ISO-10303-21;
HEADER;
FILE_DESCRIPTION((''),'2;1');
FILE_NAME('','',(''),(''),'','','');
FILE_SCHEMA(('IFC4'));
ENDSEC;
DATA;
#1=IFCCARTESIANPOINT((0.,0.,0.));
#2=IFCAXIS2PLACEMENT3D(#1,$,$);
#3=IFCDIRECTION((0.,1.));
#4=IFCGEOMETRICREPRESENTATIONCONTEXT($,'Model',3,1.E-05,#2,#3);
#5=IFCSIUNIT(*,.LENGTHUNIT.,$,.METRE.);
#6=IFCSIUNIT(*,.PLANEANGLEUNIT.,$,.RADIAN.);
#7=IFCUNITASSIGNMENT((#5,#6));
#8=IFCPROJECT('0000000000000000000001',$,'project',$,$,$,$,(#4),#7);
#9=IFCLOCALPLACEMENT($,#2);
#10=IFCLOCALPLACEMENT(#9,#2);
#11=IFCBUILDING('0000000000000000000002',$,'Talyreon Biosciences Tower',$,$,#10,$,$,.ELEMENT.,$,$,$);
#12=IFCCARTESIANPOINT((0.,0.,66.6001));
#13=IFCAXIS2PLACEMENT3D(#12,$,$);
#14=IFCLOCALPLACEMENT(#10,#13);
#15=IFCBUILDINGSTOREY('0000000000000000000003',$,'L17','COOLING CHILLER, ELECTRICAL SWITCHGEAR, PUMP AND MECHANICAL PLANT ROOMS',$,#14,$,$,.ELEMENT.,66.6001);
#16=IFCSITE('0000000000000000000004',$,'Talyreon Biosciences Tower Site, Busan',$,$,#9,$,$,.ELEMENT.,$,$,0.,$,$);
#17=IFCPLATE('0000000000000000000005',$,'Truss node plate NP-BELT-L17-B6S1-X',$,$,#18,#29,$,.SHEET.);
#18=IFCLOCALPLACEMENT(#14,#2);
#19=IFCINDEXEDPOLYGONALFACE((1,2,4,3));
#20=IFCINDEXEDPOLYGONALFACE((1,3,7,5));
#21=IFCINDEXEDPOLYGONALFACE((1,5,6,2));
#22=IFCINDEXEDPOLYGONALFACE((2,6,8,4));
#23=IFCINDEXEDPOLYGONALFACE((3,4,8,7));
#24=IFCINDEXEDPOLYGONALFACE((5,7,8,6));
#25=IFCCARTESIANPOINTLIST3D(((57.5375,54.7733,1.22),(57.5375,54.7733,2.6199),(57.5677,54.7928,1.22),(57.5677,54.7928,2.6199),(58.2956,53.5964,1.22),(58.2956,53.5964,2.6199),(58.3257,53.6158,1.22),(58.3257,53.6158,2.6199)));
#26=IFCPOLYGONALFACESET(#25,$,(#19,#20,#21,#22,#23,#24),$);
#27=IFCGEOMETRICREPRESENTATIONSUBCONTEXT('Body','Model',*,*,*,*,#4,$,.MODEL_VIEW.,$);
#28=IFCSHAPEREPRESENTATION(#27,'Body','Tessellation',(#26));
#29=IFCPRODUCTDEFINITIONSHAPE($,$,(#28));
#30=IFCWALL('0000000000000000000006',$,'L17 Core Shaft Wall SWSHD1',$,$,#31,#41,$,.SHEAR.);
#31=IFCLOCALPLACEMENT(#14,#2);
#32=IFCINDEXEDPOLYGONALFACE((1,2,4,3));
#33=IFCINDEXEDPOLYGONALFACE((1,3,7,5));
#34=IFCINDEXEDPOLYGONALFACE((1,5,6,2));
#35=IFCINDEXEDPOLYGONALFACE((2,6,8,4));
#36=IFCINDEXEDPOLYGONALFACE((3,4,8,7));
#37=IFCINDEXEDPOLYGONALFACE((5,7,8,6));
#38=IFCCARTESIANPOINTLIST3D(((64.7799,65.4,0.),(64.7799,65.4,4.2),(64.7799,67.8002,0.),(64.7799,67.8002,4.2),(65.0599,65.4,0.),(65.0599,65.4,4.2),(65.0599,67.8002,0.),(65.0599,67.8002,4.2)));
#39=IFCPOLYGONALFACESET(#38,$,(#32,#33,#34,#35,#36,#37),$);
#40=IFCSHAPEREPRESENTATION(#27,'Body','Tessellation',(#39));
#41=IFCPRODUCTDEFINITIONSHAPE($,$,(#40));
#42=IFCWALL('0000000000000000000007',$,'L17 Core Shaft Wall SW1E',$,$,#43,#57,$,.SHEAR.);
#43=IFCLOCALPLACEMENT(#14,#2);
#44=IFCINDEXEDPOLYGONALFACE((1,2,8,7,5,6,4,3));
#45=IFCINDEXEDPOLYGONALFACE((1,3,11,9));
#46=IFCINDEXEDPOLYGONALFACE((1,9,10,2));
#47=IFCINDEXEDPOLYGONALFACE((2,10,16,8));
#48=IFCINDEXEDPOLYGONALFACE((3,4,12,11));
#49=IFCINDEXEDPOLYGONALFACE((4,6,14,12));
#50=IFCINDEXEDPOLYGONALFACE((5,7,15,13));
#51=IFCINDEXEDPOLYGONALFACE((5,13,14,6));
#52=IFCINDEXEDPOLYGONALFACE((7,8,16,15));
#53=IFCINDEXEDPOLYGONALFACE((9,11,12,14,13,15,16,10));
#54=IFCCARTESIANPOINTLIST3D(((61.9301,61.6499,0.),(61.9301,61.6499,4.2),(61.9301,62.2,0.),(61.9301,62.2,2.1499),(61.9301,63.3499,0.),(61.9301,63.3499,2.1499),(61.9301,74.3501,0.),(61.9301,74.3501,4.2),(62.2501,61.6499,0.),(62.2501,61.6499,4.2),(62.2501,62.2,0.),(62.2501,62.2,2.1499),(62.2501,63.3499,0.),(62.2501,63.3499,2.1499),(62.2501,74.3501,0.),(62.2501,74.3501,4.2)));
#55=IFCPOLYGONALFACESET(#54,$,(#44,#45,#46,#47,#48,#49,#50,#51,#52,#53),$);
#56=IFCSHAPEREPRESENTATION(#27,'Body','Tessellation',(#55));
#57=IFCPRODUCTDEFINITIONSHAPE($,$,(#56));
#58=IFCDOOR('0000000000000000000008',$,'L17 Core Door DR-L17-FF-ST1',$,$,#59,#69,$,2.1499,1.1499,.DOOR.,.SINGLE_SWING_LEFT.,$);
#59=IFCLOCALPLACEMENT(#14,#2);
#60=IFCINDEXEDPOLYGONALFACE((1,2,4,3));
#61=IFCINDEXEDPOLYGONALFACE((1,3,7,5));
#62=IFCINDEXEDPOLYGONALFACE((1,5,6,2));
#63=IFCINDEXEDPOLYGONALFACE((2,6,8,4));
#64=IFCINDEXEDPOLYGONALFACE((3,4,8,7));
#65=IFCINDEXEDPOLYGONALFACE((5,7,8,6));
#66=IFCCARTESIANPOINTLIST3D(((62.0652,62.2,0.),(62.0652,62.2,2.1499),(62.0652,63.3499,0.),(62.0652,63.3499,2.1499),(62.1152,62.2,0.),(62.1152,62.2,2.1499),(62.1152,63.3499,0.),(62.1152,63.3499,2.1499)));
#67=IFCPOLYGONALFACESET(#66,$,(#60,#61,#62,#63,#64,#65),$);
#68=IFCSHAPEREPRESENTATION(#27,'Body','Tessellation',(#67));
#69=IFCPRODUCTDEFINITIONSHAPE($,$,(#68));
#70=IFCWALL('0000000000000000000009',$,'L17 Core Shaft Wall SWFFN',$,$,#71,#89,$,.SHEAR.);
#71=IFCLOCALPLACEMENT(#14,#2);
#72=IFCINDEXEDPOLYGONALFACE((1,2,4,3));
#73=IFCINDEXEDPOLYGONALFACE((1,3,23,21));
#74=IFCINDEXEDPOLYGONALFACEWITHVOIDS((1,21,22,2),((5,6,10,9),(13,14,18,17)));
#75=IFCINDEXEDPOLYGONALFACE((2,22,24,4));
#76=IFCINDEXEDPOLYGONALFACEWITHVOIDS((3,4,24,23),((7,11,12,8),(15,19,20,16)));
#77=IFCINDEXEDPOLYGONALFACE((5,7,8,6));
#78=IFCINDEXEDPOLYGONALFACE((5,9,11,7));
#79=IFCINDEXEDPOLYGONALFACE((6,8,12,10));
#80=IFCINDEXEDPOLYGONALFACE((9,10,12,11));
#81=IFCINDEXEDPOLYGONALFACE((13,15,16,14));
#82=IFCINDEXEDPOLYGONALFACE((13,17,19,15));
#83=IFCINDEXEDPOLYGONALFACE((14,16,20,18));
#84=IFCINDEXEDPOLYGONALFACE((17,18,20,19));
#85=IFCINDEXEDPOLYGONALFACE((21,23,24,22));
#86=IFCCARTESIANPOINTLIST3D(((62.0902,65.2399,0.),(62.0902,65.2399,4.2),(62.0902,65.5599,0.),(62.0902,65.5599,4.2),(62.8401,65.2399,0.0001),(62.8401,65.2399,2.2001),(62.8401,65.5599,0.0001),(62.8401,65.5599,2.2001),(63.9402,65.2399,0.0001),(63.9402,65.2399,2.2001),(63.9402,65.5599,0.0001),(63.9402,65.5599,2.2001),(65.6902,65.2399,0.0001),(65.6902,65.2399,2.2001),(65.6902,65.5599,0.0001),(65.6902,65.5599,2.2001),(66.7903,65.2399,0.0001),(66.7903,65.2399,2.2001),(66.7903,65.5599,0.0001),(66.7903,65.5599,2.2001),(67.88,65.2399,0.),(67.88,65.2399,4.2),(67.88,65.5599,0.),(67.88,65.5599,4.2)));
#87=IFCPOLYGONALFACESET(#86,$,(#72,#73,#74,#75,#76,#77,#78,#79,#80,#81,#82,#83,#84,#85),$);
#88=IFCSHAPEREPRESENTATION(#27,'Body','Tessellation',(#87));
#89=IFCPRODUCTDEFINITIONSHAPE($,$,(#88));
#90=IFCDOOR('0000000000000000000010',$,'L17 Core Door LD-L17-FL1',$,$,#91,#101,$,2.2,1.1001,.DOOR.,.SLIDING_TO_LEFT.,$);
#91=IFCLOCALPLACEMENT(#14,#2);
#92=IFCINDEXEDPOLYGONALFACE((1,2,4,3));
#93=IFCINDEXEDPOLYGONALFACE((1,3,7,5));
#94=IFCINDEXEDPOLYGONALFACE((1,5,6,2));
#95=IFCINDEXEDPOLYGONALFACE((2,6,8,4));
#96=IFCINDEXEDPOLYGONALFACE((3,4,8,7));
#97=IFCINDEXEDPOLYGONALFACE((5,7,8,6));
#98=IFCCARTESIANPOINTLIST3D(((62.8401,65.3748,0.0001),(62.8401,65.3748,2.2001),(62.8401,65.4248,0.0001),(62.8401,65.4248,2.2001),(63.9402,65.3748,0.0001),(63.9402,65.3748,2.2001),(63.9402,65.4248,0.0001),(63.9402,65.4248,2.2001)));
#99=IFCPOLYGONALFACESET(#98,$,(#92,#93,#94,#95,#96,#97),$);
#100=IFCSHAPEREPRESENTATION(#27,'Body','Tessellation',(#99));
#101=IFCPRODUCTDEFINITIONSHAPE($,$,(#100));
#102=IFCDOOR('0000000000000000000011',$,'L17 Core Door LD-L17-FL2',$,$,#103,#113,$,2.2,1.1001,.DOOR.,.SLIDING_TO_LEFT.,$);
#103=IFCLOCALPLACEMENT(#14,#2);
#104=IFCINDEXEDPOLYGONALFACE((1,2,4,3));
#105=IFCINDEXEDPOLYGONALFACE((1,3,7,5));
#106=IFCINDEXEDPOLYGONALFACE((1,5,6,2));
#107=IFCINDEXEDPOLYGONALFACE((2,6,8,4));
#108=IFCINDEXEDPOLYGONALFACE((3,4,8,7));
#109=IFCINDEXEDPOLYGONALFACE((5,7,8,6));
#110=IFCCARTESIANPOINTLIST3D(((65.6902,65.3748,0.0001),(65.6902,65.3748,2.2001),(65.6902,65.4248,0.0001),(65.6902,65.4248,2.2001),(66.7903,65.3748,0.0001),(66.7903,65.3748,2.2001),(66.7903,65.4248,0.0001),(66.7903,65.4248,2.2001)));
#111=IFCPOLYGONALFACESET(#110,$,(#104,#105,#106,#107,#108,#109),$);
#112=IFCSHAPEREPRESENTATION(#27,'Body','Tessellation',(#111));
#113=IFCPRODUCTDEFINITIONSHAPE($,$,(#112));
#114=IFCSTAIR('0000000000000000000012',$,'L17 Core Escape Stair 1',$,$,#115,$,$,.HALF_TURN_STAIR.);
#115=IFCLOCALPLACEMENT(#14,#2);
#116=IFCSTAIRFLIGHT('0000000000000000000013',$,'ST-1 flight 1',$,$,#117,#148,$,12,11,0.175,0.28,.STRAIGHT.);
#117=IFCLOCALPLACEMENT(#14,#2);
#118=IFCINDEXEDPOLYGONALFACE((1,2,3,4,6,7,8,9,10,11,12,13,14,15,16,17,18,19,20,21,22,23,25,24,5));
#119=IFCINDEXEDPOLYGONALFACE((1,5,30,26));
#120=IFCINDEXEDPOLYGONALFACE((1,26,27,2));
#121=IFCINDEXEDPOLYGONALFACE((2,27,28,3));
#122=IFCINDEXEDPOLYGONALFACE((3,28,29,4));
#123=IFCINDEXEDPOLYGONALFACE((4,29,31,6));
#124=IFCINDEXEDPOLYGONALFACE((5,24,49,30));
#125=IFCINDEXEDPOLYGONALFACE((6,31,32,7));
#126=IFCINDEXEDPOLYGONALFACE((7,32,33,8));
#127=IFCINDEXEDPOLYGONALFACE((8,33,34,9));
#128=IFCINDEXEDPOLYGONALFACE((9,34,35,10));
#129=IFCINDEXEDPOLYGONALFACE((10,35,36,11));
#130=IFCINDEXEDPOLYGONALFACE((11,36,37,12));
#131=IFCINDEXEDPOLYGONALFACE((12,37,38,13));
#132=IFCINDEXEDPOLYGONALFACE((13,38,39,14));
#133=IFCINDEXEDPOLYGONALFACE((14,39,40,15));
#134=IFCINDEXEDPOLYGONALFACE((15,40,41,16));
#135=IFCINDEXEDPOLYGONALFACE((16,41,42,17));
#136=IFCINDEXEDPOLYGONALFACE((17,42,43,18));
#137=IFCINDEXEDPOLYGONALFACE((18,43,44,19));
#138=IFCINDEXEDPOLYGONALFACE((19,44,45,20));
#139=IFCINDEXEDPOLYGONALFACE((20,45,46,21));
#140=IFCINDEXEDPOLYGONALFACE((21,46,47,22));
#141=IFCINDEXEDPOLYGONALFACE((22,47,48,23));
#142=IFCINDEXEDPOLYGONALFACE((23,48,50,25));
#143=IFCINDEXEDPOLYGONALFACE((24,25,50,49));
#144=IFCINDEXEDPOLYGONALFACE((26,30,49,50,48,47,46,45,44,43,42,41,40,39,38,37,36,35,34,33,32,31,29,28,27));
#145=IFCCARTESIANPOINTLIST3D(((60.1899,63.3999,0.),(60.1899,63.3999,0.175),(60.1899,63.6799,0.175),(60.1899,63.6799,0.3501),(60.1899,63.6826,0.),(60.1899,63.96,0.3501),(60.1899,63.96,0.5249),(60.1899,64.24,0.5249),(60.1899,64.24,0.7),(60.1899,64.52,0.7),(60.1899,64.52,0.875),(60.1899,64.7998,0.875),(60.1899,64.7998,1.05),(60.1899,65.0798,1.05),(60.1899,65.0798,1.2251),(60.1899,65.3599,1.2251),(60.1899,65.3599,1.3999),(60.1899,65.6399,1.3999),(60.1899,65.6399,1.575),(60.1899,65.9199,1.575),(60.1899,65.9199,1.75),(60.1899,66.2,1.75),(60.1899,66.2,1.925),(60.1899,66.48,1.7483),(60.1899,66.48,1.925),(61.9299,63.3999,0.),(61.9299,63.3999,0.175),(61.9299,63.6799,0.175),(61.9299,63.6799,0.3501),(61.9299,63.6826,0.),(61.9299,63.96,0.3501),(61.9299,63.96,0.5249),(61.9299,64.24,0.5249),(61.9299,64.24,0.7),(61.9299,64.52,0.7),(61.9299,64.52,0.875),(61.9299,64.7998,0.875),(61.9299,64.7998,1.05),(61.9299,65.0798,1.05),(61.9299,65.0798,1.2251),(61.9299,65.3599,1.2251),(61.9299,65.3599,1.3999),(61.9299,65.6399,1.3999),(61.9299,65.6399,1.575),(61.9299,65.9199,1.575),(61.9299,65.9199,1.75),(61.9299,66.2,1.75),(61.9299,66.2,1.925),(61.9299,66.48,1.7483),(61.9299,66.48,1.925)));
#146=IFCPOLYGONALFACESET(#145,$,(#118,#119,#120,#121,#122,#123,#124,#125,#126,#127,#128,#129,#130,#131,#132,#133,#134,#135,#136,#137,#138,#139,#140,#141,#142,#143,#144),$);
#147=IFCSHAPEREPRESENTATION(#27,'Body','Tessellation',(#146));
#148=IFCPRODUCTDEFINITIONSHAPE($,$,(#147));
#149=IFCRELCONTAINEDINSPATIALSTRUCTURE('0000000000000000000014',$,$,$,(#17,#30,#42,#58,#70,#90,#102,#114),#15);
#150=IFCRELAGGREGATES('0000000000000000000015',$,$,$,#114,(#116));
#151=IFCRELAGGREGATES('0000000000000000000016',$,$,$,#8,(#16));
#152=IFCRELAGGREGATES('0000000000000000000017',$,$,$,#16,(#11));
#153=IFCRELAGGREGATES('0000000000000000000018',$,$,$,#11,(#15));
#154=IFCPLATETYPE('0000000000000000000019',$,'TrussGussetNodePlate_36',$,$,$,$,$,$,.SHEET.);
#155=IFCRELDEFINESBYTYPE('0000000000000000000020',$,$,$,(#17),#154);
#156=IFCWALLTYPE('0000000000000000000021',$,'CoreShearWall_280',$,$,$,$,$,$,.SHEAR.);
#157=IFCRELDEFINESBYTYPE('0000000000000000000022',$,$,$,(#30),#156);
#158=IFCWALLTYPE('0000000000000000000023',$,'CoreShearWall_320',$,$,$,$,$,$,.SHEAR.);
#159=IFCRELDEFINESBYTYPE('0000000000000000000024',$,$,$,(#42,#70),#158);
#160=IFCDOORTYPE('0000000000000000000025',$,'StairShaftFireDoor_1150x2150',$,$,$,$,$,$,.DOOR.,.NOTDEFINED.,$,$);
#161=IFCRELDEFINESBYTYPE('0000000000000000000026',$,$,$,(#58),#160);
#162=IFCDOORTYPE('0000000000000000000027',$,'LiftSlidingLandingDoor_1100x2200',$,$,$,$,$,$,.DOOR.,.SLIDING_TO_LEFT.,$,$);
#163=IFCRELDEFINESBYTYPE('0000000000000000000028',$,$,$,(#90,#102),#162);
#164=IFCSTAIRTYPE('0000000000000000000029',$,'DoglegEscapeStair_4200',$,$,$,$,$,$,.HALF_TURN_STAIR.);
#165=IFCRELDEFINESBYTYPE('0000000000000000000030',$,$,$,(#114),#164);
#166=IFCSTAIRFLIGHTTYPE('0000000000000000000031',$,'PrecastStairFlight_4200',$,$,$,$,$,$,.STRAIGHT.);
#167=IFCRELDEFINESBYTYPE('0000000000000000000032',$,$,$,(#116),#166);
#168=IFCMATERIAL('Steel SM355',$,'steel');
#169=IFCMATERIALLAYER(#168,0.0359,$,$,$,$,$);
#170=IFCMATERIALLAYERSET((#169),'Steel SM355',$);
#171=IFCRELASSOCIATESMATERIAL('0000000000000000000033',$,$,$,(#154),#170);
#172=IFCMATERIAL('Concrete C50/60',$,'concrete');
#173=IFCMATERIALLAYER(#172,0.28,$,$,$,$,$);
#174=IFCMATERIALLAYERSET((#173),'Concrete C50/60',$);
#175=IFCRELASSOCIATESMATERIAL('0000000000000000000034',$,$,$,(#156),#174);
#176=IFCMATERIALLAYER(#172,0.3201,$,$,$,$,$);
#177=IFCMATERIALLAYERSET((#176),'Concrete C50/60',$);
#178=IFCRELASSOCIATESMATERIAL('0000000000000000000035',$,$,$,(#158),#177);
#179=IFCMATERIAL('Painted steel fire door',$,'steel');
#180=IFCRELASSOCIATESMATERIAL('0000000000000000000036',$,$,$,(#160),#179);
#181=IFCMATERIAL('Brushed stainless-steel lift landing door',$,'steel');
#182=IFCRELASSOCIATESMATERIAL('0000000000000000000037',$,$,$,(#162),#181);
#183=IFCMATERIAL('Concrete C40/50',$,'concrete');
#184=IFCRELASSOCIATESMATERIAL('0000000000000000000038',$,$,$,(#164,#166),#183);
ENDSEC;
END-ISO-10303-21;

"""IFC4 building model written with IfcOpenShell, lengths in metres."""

from ifc_helpers import new_model, si_unit, direction, frame, frame_2d, origin, origin_2d, place, context, subcontext, project, spatial, polyline, rectangle, outline, extrude, material, layer, layer_set, type_object, element, fill, aggregate, save


model = new_model("IFC4")

# Units and contexts
model_context = context("Model", 3, precision=1e-05, world=origin(), true_north=direction((0.0, 1.0)))
body_context = subcontext(model_context, "Body", "Model", "MODEL_VIEW")
ifc_project = project(units=[si_unit("LENGTHUNIT", "METRE"), si_unit("PLANEANGLEUNIT", "RADIAN")], contexts=[model_context])

# Site, building, storey
site_placement = place(None, origin())
site = spatial("IfcSite", under=ifc_project, at=site_placement, Name="Talyreon Biosciences Tower Site, Busan", CompositionType="ELEMENT", RefElevation=0.0)
building_placement = place(site_placement, origin())
building = spatial("IfcBuilding", under=site, at=building_placement, Name="Talyreon Biosciences Tower", CompositionType="ELEMENT")
storey_placement = place(building_placement, frame((0.0, 0.0, 66.6001)))
storey = spatial("IfcBuildingStorey", under=building, at=storey_placement, Name="L17", Description="COOLING CHILLER, ELECTRICAL SWITCHGEAR, PUMP AND MECHANICAL PLANT ROOMS", CompositionType="ELEMENT", Elevation=66.6001)

# Shared definitions
ifc_material_1 = material(Name="Steel SM355", Category="steel")

# Plate
ifc_layer_1 = layer(ifc_material_1, 0.0359)
ifc_layer_set_1 = layer_set([ifc_layer_1], Name="Steel SM355")
plate_type_1 = type_object("IfcPlateType", Name="TrussGussetNodePlate_36", PredefinedType="SHEET", material=ifc_layer_set_1)
plate_placement = place(storey_placement, frame((57.9316, 54.1946, 1.22), z_axis=(0.0, 0.0, 1.0), x_axis=(0.541473, -0.840718, 0.0)))
element("IfcPlate", 1, at=plate_placement, inside=storey, type_object=plate_type_1, Name="Truss node plate NP-BELT-L17-B6S1-X", PredefinedType="SHEET", context=body_context, shape_type="SweptSolid", body=[
    extrude(rectangle(XDim=1.3999, YDim=0.0359, at=origin_2d()), origin(), (0.0, 0.0, 1.0), 1.3999),
])

# Wall
ifc_material_2 = material(Name="Concrete C50/60", Category="concrete")
ifc_layer_2 = layer(ifc_material_2, 0.28)
ifc_layer_set_2 = layer_set([ifc_layer_2], Name="Concrete C50/60")
wall_type_1 = type_object("IfcWallType", Name="CoreShearWall_280", PredefinedType="SHEAR", material=ifc_layer_set_2)
wall_1_placement = place(storey_placement, frame((64.9199, 65.3999, 0.0), z_axis=(0.0, 0.0, 1.0), x_axis=(0.0, 1.0, 0.0)))
element("IfcWall", 2, at=wall_1_placement, inside=storey, type_object=wall_type_1, Name="L17 Core Shaft Wall SWSHD1", PredefinedType="SHEAR", context=body_context, shape_type="SweptSolid", body=[
    extrude(rectangle(XDim=2.4001, YDim=0.28, at=frame_2d((1.2002, 0.0))), origin(), (0.0, 0.0, 1.0), 4.2),
])

# Wall, opening, door
ifc_layer_3 = layer(ifc_material_2, 0.3201)
ifc_layer_set_3 = layer_set([ifc_layer_3], Name="Concrete C50/60")
wall_type_2 = type_object("IfcWallType", Name="CoreShearWall_320", PredefinedType="SHEAR", material=ifc_layer_set_3)
wall_2_placement = place(storey_placement, frame((62.0901, 61.6499, 0.0), z_axis=(0.0, 0.0, 1.0), x_axis=(0.0, 1.0, 0.0)))
wall_2 = element("IfcWall", 3, at=wall_2_placement, inside=storey, type_object=wall_type_2, Name="L17 Core Shaft Wall SW1E", PredefinedType="SHEAR", context=body_context, shape_type="SweptSolid", body=[
    extrude(rectangle(XDim=12.7002, YDim=0.3201, at=frame_2d((6.3501, 0.0))), origin(), (0.0, 0.0, 1.0), 4.2),
])
opening_1_placement = place(wall_2_placement, frame((0.55, 0.0, 0.0)))
opening_1 = element("IfcOpeningElement", 4, at=opening_1_placement, cuts=wall_2, PredefinedType="OPENING", context=body_context, shape_type="SweptSolid", body=[
    extrude(rectangle(XDim=1.1499, YDim=2.1499, at=frame_2d((0.575, 1.075))), frame((0.0, 0.1699, 0.0), z_axis=(0.0, -1.0, 0.0), x_axis=(1.0, 0.0, 0.0)), (0.0, 0.0, 1.0), 0.3401),
])
ifc_material_3 = material(Name="Painted steel fire door", Category="steel")
door_type_1 = type_object("IfcDoorType", Name="StairShaftFireDoor_1150x2150", OperationType="NOTDEFINED", PredefinedType="DOOR", material=ifc_material_3)
door_1_placement = place(opening_1_placement, origin())
door_1 = element("IfcDoor", 5, at=door_1_placement, inside=storey, type_object=door_type_1, Name="L17 Core Door DR-L17-FF-ST1", OperationType="SINGLE_SWING_LEFT", OverallHeight=2.1499, OverallWidth=1.1499, PredefinedType="DOOR", context=body_context, shape_type="SweptSolid", body=[
    extrude(rectangle(XDim=1.1499, YDim=2.1499, at=frame_2d((0.575, 1.075))), frame((0.0, 0.0249, 0.0), z_axis=(0.0, -1.0, 0.0), x_axis=(1.0, 0.0, 0.0)), (0.0, 0.0, 1.0), 0.05),
])
fill(opening_1, door_1)

# Wall, openings, doors
wall_3_placement = place(storey_placement, frame((62.0901, 65.3999, 0.0), z_axis=(0.0, 0.0, 1.0), x_axis=(1.0, 0.0, 0.0)))
wall_3 = element("IfcWall", 6, at=wall_3_placement, inside=storey, type_object=wall_type_2, Name="L17 Core Shaft Wall SWFFN", PredefinedType="SHEAR", context=body_context, shape_type="SweptSolid", body=[
    extrude(rectangle(XDim=5.7898, YDim=0.3201, at=frame_2d((2.895, 0.0))), origin(), (0.0, 0.0, 1.0), 4.2),
])
opening_2_placement = place(wall_3_placement, frame((0.75, 0.0, 0.0)))
opening_2 = element("IfcOpeningElement", 7, at=opening_2_placement, cuts=wall_3, PredefinedType="OPENING", context=body_context, shape_type="SweptSolid", body=[
    extrude(rectangle(XDim=1.1001, YDim=2.2, at=frame_2d((0.55, 1.1001))), frame((0.0, 0.1699, 0.0), z_axis=(0.0, -1.0, 0.0), x_axis=(1.0, 0.0, 0.0)), (0.0, 0.0, 1.0), 0.3401),
])
opening_3_placement = place(wall_3_placement, frame((3.6001, 0.0, 0.0)))
opening_3 = element("IfcOpeningElement", 8, at=opening_3_placement, cuts=wall_3, PredefinedType="OPENING", context=body_context, shape_type="SweptSolid", body=[
    extrude(rectangle(XDim=1.1001, YDim=2.2, at=frame_2d((0.55, 1.1001))), frame((0.0, 0.1699, 0.0), z_axis=(0.0, -1.0, 0.0), x_axis=(1.0, 0.0, 0.0)), (0.0, 0.0, 1.0), 0.3401),
])
ifc_material_4 = material(Name="Brushed stainless-steel lift landing door", Category="steel")
door_type_2 = type_object("IfcDoorType", Name="LiftSlidingLandingDoor_1100x2200", OperationType="SLIDING_TO_LEFT", PredefinedType="DOOR", material=ifc_material_4)
door_2_placement = place(opening_2_placement, origin())
door_2 = element("IfcDoor", 9, at=door_2_placement, inside=storey, type_object=door_type_2, Name="L17 Core Door LD-L17-FL1", OperationType="SLIDING_TO_LEFT", OverallHeight=2.2, OverallWidth=1.1001, PredefinedType="DOOR", context=body_context, shape_type="SweptSolid", body=[
    extrude(rectangle(XDim=1.1001, YDim=2.2, at=frame_2d((0.55, 1.1001))), frame((0.0, 0.0249, 0.0), z_axis=(0.0, -1.0, 0.0), x_axis=(1.0, 0.0, 0.0)), (0.0, 0.0, 1.0), 0.05),
])
fill(opening_2, door_2)
door_3_placement = place(opening_3_placement, origin())
door_3 = element("IfcDoor", 10, at=door_3_placement, inside=storey, type_object=door_type_2, Name="L17 Core Door LD-L17-FL2", OperationType="SLIDING_TO_LEFT", OverallHeight=2.2, OverallWidth=1.1001, PredefinedType="DOOR", context=body_context, shape_type="SweptSolid", body=[
    extrude(rectangle(XDim=1.1001, YDim=2.2, at=frame_2d((0.55, 1.1001))), frame((0.0, 0.0249, 0.0), z_axis=(0.0, -1.0, 0.0), x_axis=(1.0, 0.0, 0.0)), (0.0, 0.0, 1.0), 0.05),
])
fill(opening_3, door_3)

# Stair, stair flight
ifc_material_5 = material(Name="Concrete C40/50", Category="concrete")
stair_type = type_object("IfcStairType", Name="DoglegEscapeStair_4200", PredefinedType="HALF_TURN_STAIR", material=ifc_material_5)
stair_placement = place(storey_placement, origin())
stair = element("IfcStair", 11, at=stair_placement, inside=storey, type_object=stair_type, Name="L17 Core Escape Stair 1", PredefinedType="HALF_TURN_STAIR")
stair_flight_type = type_object("IfcStairFlightType", Name="PrecastStairFlight_4200", PredefinedType="STRAIGHT", material=ifc_material_5)
stair_flight_placement = place(storey_placement, frame((61.0601, 63.3999, 0.0), z_axis=(0.0, 0.0, 1.0), x_axis=(0.0, 1.0, 0.0)))
stair_flight = element("IfcStairFlight", 12, at=stair_flight_placement, type_object=stair_flight_type, Name="ST-1 flight 1", NumberOfRisers=12, NumberOfTreads=11, PredefinedType="STRAIGHT", RiserHeight=0.175, TreadLength=0.28, context=body_context, shape_type="SweptSolid", body=[
    extrude(outline(polyline([(0.0, 0.0), (0.0, 0.175), (0.28, 0.175), (0.28, 0.3501), (0.5601, 0.3501), (0.5601, 0.5249), (0.8401, 0.5249), (0.8401, 0.7), (1.1201, 0.7), (1.1201, 0.875), (1.3999, 0.875), (1.3999, 1.05), (1.6799, 1.05), (1.6799, 1.2251), (1.96, 1.2251), (1.96, 1.3999), (2.24, 1.3999), (2.24, 1.575), (2.52, 1.575), (2.52, 1.75), (2.8, 1.75), (2.8, 1.925), (3.0801, 1.925), (3.0801, 2.1001), (3.0801, 1.7483), (0.2827, 0.0), (0.0, 0.0)])), frame((0.0, 0.8701, 0.0), z_axis=(0.0, -1.0, 0.0), x_axis=(1.0, 0.0, 0.0)), (0.0, 0.0, 1.0), 1.74),
])
aggregate(stair, [stair_flight])

save(model, "model.ifc")
